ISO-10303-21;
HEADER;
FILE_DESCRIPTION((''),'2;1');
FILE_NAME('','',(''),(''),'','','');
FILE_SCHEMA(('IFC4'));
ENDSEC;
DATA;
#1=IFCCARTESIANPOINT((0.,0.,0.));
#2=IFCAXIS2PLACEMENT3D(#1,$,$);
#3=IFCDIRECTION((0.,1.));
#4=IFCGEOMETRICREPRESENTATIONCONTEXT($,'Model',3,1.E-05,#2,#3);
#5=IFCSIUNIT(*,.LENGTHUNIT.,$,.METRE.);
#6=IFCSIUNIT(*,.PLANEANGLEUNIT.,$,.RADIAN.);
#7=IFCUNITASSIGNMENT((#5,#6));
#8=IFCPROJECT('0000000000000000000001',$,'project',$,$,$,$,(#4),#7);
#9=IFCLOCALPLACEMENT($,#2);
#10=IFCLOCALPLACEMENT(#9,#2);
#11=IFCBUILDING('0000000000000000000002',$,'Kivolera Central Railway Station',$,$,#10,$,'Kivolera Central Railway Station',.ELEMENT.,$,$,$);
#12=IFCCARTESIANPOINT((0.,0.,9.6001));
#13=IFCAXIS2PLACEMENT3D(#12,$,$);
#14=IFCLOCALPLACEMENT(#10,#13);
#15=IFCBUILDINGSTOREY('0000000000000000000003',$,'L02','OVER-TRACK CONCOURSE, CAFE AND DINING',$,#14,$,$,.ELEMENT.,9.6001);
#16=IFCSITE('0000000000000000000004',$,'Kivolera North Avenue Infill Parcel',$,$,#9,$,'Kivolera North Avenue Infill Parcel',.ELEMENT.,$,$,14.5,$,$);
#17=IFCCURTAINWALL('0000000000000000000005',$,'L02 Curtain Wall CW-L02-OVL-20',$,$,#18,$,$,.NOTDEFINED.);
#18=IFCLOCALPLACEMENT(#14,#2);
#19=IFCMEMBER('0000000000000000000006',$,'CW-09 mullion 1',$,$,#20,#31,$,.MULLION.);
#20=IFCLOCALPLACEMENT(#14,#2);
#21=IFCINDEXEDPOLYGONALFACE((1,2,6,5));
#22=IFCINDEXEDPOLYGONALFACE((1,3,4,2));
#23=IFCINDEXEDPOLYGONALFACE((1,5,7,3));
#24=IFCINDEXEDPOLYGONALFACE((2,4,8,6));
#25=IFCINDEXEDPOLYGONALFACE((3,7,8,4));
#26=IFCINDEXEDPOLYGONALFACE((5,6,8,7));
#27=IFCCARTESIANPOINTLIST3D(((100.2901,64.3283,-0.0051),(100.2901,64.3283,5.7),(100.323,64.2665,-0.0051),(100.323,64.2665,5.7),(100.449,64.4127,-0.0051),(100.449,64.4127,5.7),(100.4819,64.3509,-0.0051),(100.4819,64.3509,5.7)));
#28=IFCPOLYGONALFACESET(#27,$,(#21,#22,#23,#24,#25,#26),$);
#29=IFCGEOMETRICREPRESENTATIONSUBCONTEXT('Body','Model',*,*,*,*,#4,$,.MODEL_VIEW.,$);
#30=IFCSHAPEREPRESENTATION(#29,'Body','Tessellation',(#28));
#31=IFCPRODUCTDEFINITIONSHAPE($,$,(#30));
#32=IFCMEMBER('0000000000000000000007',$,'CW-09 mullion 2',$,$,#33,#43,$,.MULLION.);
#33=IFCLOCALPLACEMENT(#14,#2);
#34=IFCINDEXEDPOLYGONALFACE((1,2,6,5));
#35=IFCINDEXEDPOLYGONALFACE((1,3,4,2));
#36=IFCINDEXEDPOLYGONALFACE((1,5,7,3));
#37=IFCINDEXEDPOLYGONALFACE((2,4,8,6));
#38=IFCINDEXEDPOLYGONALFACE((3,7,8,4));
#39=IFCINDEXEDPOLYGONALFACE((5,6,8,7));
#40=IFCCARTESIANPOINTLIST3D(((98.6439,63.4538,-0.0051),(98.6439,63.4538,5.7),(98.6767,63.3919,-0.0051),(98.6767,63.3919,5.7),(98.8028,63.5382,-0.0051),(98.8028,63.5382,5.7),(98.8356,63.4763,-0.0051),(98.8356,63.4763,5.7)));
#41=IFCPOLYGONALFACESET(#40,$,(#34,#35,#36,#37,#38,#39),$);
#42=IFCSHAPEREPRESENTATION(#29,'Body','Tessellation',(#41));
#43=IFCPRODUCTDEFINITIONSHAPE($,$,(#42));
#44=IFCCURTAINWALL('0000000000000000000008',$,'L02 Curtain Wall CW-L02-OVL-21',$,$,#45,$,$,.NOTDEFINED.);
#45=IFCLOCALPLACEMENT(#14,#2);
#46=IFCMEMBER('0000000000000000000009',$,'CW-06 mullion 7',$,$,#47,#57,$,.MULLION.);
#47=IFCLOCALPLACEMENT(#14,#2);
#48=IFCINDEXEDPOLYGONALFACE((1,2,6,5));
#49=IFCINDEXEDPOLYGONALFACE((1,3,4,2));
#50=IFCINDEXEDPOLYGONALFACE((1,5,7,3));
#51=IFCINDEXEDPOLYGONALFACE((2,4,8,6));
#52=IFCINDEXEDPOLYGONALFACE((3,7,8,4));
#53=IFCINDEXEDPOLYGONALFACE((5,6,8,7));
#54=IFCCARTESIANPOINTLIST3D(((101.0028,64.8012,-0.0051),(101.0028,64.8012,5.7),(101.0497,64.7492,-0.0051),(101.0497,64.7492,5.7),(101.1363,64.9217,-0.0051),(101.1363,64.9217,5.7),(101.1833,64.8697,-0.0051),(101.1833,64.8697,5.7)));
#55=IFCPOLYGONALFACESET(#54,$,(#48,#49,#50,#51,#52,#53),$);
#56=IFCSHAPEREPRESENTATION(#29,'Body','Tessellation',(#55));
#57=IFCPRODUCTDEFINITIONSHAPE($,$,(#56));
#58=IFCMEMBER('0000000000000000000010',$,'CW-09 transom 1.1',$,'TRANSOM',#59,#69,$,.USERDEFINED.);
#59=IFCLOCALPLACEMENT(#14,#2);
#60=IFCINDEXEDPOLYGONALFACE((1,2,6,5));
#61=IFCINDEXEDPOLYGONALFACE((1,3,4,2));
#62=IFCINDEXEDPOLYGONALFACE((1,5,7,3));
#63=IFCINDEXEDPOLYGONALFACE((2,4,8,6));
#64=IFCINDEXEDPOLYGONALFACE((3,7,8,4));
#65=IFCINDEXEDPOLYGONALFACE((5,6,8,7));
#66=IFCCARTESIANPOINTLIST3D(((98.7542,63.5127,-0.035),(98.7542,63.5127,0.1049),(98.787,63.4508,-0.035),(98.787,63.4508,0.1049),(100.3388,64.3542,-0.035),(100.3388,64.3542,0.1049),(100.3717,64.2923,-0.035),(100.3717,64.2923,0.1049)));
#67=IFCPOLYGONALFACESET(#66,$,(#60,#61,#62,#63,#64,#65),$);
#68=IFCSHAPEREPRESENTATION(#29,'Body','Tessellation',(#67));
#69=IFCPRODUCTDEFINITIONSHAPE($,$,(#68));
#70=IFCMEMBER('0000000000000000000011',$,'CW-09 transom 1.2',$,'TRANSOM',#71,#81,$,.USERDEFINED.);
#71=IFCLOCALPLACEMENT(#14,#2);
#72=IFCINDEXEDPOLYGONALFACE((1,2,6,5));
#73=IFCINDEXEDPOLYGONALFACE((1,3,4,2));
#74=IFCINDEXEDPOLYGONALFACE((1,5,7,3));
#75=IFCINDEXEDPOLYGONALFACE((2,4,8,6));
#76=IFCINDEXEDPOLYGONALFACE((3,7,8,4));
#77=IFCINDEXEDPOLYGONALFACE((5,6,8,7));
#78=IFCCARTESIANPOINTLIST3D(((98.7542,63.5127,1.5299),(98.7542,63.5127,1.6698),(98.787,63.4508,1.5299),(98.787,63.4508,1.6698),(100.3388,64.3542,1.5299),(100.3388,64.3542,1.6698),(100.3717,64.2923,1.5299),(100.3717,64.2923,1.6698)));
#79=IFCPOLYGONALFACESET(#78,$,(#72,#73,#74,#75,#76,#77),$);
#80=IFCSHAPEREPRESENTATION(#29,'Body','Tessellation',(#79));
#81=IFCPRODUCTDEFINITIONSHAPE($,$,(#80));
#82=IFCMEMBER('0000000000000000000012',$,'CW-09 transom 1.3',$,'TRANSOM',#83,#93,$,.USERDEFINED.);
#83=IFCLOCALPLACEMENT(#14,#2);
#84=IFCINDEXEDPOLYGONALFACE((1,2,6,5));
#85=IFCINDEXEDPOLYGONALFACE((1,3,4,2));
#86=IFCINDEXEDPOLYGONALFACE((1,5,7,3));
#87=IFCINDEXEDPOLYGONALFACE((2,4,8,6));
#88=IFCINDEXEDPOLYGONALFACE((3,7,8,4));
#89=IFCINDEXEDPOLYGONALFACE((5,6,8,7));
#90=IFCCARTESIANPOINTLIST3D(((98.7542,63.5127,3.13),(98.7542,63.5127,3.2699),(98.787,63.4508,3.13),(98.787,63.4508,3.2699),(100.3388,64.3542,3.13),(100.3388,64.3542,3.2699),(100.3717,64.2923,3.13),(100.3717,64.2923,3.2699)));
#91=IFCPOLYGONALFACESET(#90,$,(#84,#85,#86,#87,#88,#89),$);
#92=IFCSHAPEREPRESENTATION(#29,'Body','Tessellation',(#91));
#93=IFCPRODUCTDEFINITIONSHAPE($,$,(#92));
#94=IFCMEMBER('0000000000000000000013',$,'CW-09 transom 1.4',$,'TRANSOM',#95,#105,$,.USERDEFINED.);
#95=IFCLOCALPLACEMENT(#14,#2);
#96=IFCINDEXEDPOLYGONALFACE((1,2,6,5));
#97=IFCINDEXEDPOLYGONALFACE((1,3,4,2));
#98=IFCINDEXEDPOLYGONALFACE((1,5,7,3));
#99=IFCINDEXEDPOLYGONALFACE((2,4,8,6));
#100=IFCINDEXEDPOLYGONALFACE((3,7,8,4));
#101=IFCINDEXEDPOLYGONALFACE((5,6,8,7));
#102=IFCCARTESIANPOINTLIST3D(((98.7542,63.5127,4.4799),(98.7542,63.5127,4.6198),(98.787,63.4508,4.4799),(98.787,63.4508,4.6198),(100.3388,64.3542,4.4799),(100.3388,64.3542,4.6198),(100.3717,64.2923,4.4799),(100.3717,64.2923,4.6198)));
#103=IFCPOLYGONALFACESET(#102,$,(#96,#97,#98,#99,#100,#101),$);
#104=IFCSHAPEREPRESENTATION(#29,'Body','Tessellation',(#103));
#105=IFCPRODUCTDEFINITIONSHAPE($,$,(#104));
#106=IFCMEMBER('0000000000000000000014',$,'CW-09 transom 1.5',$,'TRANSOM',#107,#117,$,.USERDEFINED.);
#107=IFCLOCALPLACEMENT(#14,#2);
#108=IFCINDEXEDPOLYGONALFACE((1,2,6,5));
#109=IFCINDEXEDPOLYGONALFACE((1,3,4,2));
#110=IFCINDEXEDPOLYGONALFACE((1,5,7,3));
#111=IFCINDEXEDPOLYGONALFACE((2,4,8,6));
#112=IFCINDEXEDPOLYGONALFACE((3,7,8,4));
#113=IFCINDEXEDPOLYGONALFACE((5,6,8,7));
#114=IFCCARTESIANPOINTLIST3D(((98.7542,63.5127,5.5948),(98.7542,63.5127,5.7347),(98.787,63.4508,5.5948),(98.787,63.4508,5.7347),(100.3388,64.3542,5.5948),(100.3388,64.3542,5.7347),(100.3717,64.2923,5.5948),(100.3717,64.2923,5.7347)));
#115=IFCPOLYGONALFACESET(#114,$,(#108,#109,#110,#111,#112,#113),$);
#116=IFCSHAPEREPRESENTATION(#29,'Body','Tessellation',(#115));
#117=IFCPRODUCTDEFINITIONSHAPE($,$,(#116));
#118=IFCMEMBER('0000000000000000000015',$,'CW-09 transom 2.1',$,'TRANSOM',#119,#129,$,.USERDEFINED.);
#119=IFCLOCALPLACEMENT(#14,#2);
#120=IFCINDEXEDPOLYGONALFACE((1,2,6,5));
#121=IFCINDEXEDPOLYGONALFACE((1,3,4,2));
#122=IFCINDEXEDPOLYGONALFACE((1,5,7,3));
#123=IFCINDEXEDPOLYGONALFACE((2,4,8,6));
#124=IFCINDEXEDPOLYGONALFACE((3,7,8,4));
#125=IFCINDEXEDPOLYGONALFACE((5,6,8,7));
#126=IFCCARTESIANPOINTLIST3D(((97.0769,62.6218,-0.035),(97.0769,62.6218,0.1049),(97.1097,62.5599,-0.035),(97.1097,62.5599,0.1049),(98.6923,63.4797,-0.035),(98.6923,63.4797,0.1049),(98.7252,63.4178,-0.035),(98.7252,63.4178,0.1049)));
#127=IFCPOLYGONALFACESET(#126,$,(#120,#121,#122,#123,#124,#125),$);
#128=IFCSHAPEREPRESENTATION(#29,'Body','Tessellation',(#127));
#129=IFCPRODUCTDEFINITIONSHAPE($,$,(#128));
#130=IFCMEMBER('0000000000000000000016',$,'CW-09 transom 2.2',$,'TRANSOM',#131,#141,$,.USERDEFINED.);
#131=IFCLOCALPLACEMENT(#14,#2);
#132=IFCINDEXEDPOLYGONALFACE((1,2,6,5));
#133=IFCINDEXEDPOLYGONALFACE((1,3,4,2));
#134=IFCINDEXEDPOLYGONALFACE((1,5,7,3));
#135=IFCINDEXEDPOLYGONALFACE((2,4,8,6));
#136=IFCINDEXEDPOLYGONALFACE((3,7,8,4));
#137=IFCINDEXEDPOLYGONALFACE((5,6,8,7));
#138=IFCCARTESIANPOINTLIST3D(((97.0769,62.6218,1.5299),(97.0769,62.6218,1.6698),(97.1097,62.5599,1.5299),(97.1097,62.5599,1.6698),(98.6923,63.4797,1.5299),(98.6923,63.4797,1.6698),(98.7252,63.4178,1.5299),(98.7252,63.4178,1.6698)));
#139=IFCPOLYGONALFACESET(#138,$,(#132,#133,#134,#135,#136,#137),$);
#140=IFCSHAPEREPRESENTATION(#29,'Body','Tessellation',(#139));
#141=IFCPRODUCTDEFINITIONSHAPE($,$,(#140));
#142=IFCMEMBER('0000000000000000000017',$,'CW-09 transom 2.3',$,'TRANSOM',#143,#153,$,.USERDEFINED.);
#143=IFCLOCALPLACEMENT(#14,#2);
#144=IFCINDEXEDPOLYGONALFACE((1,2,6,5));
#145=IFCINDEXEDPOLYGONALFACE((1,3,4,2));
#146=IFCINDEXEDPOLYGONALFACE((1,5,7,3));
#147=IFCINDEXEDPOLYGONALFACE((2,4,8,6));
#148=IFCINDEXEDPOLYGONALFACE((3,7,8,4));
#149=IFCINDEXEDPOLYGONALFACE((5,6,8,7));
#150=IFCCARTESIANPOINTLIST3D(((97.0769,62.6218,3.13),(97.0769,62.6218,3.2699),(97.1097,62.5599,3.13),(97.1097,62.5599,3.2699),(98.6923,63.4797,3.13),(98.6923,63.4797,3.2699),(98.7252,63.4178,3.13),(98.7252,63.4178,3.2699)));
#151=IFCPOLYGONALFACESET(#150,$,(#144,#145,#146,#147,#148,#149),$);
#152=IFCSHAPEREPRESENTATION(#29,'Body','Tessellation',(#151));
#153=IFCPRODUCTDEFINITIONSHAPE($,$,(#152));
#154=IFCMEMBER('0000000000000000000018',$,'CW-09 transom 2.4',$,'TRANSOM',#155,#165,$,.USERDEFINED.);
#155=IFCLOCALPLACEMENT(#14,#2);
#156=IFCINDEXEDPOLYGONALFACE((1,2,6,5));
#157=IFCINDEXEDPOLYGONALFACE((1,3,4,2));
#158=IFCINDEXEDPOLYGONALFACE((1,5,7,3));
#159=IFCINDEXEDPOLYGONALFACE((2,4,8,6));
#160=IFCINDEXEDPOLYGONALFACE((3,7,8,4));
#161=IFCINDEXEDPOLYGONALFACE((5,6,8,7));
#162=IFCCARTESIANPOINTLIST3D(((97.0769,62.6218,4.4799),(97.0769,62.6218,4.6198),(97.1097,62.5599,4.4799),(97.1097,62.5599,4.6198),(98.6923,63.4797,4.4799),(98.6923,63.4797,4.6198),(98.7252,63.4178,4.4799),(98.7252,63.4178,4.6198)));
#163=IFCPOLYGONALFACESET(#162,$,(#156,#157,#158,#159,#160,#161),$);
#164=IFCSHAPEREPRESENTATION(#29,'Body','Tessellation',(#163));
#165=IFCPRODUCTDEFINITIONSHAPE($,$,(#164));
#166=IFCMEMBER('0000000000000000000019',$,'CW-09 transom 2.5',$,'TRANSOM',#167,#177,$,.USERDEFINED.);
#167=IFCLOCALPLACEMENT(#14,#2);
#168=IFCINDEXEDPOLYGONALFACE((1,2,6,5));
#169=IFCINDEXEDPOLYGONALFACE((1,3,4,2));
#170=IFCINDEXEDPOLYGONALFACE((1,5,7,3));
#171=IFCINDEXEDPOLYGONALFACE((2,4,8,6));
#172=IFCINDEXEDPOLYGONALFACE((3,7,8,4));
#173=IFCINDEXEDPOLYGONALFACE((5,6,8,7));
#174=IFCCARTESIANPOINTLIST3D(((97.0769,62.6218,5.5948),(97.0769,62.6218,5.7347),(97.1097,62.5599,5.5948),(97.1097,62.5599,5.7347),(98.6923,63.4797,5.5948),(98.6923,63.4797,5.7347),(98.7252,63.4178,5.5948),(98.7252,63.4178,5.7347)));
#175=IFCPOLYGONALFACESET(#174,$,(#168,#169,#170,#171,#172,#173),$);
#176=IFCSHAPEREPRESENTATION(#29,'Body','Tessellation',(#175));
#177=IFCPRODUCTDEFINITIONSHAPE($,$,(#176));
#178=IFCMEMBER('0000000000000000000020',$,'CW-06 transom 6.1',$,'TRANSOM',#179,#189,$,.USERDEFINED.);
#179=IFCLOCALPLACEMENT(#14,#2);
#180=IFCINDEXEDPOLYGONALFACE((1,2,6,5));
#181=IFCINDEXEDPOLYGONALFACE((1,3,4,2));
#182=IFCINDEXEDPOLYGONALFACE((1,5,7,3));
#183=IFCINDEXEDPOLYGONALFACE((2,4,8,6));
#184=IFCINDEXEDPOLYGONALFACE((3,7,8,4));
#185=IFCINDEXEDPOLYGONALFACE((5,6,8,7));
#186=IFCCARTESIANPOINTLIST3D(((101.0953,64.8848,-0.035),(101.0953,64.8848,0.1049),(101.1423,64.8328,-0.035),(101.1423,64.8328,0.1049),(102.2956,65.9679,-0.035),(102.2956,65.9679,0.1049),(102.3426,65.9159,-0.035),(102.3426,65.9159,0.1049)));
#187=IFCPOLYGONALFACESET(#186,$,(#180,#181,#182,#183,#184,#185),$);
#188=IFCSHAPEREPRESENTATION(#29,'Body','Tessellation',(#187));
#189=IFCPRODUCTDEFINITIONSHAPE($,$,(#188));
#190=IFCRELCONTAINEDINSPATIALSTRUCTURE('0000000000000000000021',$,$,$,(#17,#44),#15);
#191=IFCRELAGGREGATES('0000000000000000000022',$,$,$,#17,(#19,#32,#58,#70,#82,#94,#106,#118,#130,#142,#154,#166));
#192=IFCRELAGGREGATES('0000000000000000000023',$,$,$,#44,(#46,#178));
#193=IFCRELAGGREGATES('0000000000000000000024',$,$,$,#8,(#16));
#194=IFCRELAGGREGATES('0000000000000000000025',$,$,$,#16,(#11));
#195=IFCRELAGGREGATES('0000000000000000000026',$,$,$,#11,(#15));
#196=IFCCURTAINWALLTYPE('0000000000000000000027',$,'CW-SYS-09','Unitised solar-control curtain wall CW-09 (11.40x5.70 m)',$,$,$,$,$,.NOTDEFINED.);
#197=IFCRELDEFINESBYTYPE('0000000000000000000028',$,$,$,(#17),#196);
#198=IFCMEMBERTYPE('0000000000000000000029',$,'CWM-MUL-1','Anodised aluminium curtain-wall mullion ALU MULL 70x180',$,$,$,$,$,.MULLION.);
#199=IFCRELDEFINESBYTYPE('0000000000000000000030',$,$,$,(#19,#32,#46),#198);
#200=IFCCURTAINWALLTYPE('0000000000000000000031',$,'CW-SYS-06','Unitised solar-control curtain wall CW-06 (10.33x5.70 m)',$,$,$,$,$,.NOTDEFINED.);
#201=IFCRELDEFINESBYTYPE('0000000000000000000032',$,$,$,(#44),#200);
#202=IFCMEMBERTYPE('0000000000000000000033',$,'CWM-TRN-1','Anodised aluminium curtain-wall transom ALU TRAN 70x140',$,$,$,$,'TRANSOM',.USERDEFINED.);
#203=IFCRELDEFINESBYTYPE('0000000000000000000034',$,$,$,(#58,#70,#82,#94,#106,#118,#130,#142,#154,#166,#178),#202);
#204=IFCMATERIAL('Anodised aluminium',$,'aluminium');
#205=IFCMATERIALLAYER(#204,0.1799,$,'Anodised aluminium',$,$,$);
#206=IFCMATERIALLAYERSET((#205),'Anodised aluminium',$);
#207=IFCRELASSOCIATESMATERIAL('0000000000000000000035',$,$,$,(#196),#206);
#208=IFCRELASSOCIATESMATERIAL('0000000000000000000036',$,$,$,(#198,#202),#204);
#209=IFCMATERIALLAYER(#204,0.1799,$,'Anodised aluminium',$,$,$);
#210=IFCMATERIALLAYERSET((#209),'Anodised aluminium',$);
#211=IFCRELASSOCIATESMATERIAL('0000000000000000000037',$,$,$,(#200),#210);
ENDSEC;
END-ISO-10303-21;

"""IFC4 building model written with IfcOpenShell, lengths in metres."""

from ifc_helpers import new_model, si_unit, direction, frame, origin, origin_2d, place, context, subcontext, project, spatial, rectangle, extrude, material, layer, layer_set, material_profile, profile_set, type_object, element, aggregate, save


model = new_model("IFC4")

# Units and contexts
model_context = context("Model", 3, precision=1e-05, world=origin(), true_north=direction((0.0, 1.0)))
body_context = subcontext(model_context, "Body", "Model", "MODEL_VIEW")
ifc_project = project(units=[si_unit("LENGTHUNIT", "METRE"), si_unit("PLANEANGLEUNIT", "RADIAN")], contexts=[model_context])

# Site, building, storey
site_placement = place(None, origin())
site = spatial("IfcSite", under=ifc_project, at=site_placement, Name="Kivolera North Avenue Infill Parcel", LongName="Kivolera North Avenue Infill Parcel", CompositionType="ELEMENT", RefElevation=14.5)
building_placement = place(site_placement, origin())
building = spatial("IfcBuilding", under=site, at=building_placement, Name="Kivolera Central Railway Station", LongName="Kivolera Central Railway Station", CompositionType="ELEMENT")
storey_placement = place(building_placement, frame((0.0, 0.0, 9.6001)))
storey = spatial("IfcBuildingStorey", under=building, at=storey_placement, Name="L02", Description="OVER-TRACK CONCOURSE, CAFE AND DINING", CompositionType="ELEMENT", Elevation=9.6001)

# Curtain wall, members
ifc_material_1 = material(Name="Anodised aluminium", Category="aluminium")
ifc_layer_1 = layer(ifc_material_1, 0.1799, Name="Anodised aluminium")
ifc_layer_set_1 = layer_set([ifc_layer_1], Name="Anodised aluminium")
curtain_wall_type_1 = type_object("IfcCurtainWallType", Name="CW-SYS-09", Description="Unitised solar-control curtain wall CW-09 (11.40x5.70 m)", PredefinedType="NOTDEFINED", material=ifc_layer_set_1)
curtain_wall_1_placement = place(storey_placement, origin())
curtain_wall_1 = element("IfcCurtainWall", 1, at=curtain_wall_1_placement, inside=storey, type_object=curtain_wall_type_1, Name="L02 Curtain Wall CW-L02-OVL-20", PredefinedType="NOTDEFINED")
ifc_material_profile_1 = material_profile(ifc_material_1, rectangle(XDim=0.0701, YDim=0.1799, at=origin_2d()), Name="ALU MULL 70x180")
ifc_profile_set_1 = profile_set([ifc_material_profile_1], Name="Anodised aluminium")
member_type_1 = type_object("IfcMemberType", Name="CWM-MUL-1", Description="Anodised aluminium curtain-wall mullion ALU MULL 70x180", PredefinedType="MULLION", material=ifc_profile_set_1)
member_1_placement = place(storey_placement, frame((100.386, 64.3396, -0.0051), z_axis=(0.0, 0.0, 1.0), x_axis=(0.469053, -0.88317, 0.0)))
member_1 = element("IfcMember", 2, at=member_1_placement, type_object=member_type_1, Name="CW-09 mullion 1", PredefinedType="MULLION", context=body_context, shape_type="SweptSolid", body=[
    extrude(rectangle(XDim=0.0701, YDim=0.1799, at=origin_2d()), origin(), (0.0, 0.0, 1.0), 5.7051),
])
member_2_placement = place(storey_placement, frame((98.7397, 63.4651, -0.0051), z_axis=(0.0, 0.0, 1.0), x_axis=(0.469053, -0.88317, 0.0)))
member_2 = element("IfcMember", 3, at=member_2_placement, type_object=member_type_1, Name="CW-09 mullion 2", PredefinedType="MULLION", context=body_context, shape_type="SweptSolid", body=[
    extrude(rectangle(XDim=0.0701, YDim=0.1799, at=origin_2d()), origin(), (0.0, 0.0, 1.0), 5.7051),
])

# Curtain wall, member
ifc_layer_2 = layer(ifc_material_1, 0.1799, Name="Anodised aluminium")
ifc_layer_set_2 = layer_set([ifc_layer_2], Name="Anodised aluminium")
curtain_wall_type_2 = type_object("IfcCurtainWallType", Name="CW-SYS-06", Description="Unitised solar-control curtain wall CW-06 (10.33x5.70 m)", PredefinedType="NOTDEFINED", material=ifc_layer_set_2)
curtain_wall_2_placement = place(storey_placement, origin())
curtain_wall_2 = element("IfcCurtainWall", 4, at=curtain_wall_2_placement, inside=storey, type_object=curtain_wall_type_2, Name="L02 Curtain Wall CW-L02-OVL-21", PredefinedType="NOTDEFINED")
member_3_placement = place(storey_placement, frame((101.093, 64.8354, -0.0051), z_axis=(0.0, 0.0, 1.0), x_axis=(0.669922, -0.742432, 0.0)))
member_3 = element("IfcMember", 5, at=member_3_placement, type_object=member_type_1, Name="CW-06 mullion 7", PredefinedType="MULLION", context=body_context, shape_type="SweptSolid", body=[
    extrude(rectangle(XDim=0.0701, YDim=0.1799, at=origin_2d()), origin(), (0.0, 0.0, 1.0), 5.7051),
])

# Members
ifc_material_profile_2 = material_profile(ifc_material_1, rectangle(XDim=0.0701, YDim=0.1399, at=origin_2d()), Name="ALU TRAN 70x140")
ifc_profile_set_2 = profile_set([ifc_material_profile_2], Name="Anodised aluminium")
member_type_2 = type_object("IfcMemberType", Name="CWM-TRN-1", Description="Anodised aluminium curtain-wall transom ALU TRAN 70x140", ElementType="TRANSOM", PredefinedType="USERDEFINED", material=ifc_profile_set_2)
member_4_placement = place(storey_placement, frame((100.3552, 64.3232, 0.0349), z_axis=(-0.883191, -0.469013, 0.0), x_axis=(0.469013, -0.883191, 0.0)))
member_4 = element("IfcMember", 6, at=member_4_placement, type_object=member_type_2, Name="CW-09 transom 1.1", ObjectType="TRANSOM", PredefinedType="USERDEFINED", context=body_context, shape_type="SweptSolid", body=[
    extrude(rectangle(XDim=0.0701, YDim=0.1399, at=origin_2d()), origin(), (0.0, 0.0, 1.0), 1.7942),
])
member_5_placement = place(storey_placement, frame((100.3552, 64.3232, 1.5999), z_axis=(-0.883191, -0.469013, 0.0), x_axis=(0.469013, -0.883191, 0.0)))
member_5 = element("IfcMember", 7, at=member_5_placement, type_object=member_type_2, Name="CW-09 transom 1.2", ObjectType="TRANSOM", PredefinedType="USERDEFINED", context=body_context, shape_type="SweptSolid", body=[
    extrude(rectangle(XDim=0.0701, YDim=0.1399, at=origin_2d()), origin(), (0.0, 0.0, 1.0), 1.7942),
])
member_6_placement = place(storey_placement, frame((100.3552, 64.3232, 3.2), z_axis=(-0.883191, -0.469013, 0.0), x_axis=(0.469013, -0.883191, 0.0)))
member_6 = element("IfcMember", 8, at=member_6_placement, type_object=member_type_2, Name="CW-09 transom 1.3", ObjectType="TRANSOM", PredefinedType="USERDEFINED", context=body_context, shape_type="SweptSolid", body=[
    extrude(rectangle(XDim=0.0701, YDim=0.1399, at=origin_2d()), origin(), (0.0, 0.0, 1.0), 1.7942),
])
member_7_placement = place(storey_placement, frame((100.3552, 64.3232, 4.5498), z_axis=(-0.883191, -0.469013, 0.0), x_axis=(0.469013, -0.883191, 0.0)))
member_7 = element("IfcMember", 9, at=member_7_placement, type_object=member_type_2, Name="CW-09 transom 1.4", ObjectType="TRANSOM", PredefinedType="USERDEFINED", context=body_context, shape_type="SweptSolid", body=[
    extrude(rectangle(XDim=0.0701, YDim=0.1399, at=origin_2d()), origin(), (0.0, 0.0, 1.0), 1.7942),
])
member_8_placement = place(storey_placement, frame((100.3552, 64.3232, 5.6648), z_axis=(-0.883191, -0.469013, 0.0), x_axis=(0.469013, -0.883191, 0.0)))
member_8 = element("IfcMember", 10, at=member_8_placement, type_object=member_type_2, Name="CW-09 transom 1.5", ObjectType="TRANSOM", PredefinedType="USERDEFINED", context=body_context, shape_type="SweptSolid", body=[
    extrude(rectangle(XDim=0.0701, YDim=0.1399, at=origin_2d()), origin(), (0.0, 0.0, 1.0), 1.7942),
])
member_9_placement = place(storey_placement, frame((98.7087, 63.4487, 0.0349), z_axis=(-0.883187, -0.469022, 0.0), x_axis=(0.469022, -0.883187, 0.0)))
member_9 = element("IfcMember", 11, at=member_9_placement, type_object=member_type_2, Name="CW-09 transom 2.1", ObjectType="TRANSOM", PredefinedType="USERDEFINED", context=body_context, shape_type="SweptSolid", body=[
    extrude(rectangle(XDim=0.0701, YDim=0.1399, at=origin_2d()), origin(), (0.0, 0.0, 1.0), 1.8291),
])
member_10_placement = place(storey_placement, frame((98.7087, 63.4487, 1.5999), z_axis=(-0.883187, -0.469022, 0.0), x_axis=(0.469022, -0.883187, 0.0)))
member_10 = element("IfcMember", 12, at=member_10_placement, type_object=member_type_2, Name="CW-09 transom 2.2", ObjectType="TRANSOM", PredefinedType="USERDEFINED", context=body_context, shape_type="SweptSolid", body=[
    extrude(rectangle(XDim=0.0701, YDim=0.1399, at=origin_2d()), origin(), (0.0, 0.0, 1.0), 1.8291),
])
member_11_placement = place(storey_placement, frame((98.7087, 63.4487, 3.2), z_axis=(-0.883187, -0.469022, 0.0), x_axis=(0.469022, -0.883187, 0.0)))
member_11 = element("IfcMember", 13, at=member_11_placement, type_object=member_type_2, Name="CW-09 transom 2.3", ObjectType="TRANSOM", PredefinedType="USERDEFINED", context=body_context, shape_type="SweptSolid", body=[
    extrude(rectangle(XDim=0.0701, YDim=0.1399, at=origin_2d()), origin(), (0.0, 0.0, 1.0), 1.8291),
])
member_12_placement = place(storey_placement, frame((98.7087, 63.4487, 4.5498), z_axis=(-0.883187, -0.469022, 0.0), x_axis=(0.469022, -0.883187, 0.0)))
member_12 = element("IfcMember", 14, at=member_12_placement, type_object=member_type_2, Name="CW-09 transom 2.4", ObjectType="TRANSOM", PredefinedType="USERDEFINED", context=body_context, shape_type="SweptSolid", body=[
    extrude(rectangle(XDim=0.0701, YDim=0.1399, at=origin_2d()), origin(), (0.0, 0.0, 1.0), 1.8291),
])
member_13_placement = place(storey_placement, frame((98.7087, 63.4487, 5.6648), z_axis=(-0.883187, -0.469022, 0.0), x_axis=(0.469022, -0.883187, 0.0)))
member_13 = element("IfcMember", 15, at=member_13_placement, type_object=member_type_2, Name="CW-09 transom 2.5", ObjectType="TRANSOM", PredefinedType="USERDEFINED", context=body_context, shape_type="SweptSolid", body=[
    extrude(rectangle(XDim=0.0701, YDim=0.1399, at=origin_2d()), origin(), (0.0, 0.0, 1.0), 1.8291),
])
member_14_placement = place(storey_placement, frame((102.3191, 65.9419, 0.0349), z_axis=(-0.742422, -0.669932, 0.0), x_axis=(0.669932, -0.742422, 0.0)))
member_14 = element("IfcMember", 16, at=member_14_placement, type_object=member_type_2, Name="CW-06 transom 6.1", ObjectType="TRANSOM", PredefinedType="USERDEFINED", context=body_context, shape_type="SweptSolid", body=[
    extrude(rectangle(XDim=0.0701, YDim=0.1399, at=origin_2d()), origin(), (0.0, 0.0, 1.0), 1.6167),
])

aggregate(curtain_wall_1, [member_1, member_2, member_4, member_5, member_6, member_7, member_8, member_9, member_10, member_11, member_12, member_13])
aggregate(curtain_wall_2, [member_3, member_14])

save(model, "model.ifc")
